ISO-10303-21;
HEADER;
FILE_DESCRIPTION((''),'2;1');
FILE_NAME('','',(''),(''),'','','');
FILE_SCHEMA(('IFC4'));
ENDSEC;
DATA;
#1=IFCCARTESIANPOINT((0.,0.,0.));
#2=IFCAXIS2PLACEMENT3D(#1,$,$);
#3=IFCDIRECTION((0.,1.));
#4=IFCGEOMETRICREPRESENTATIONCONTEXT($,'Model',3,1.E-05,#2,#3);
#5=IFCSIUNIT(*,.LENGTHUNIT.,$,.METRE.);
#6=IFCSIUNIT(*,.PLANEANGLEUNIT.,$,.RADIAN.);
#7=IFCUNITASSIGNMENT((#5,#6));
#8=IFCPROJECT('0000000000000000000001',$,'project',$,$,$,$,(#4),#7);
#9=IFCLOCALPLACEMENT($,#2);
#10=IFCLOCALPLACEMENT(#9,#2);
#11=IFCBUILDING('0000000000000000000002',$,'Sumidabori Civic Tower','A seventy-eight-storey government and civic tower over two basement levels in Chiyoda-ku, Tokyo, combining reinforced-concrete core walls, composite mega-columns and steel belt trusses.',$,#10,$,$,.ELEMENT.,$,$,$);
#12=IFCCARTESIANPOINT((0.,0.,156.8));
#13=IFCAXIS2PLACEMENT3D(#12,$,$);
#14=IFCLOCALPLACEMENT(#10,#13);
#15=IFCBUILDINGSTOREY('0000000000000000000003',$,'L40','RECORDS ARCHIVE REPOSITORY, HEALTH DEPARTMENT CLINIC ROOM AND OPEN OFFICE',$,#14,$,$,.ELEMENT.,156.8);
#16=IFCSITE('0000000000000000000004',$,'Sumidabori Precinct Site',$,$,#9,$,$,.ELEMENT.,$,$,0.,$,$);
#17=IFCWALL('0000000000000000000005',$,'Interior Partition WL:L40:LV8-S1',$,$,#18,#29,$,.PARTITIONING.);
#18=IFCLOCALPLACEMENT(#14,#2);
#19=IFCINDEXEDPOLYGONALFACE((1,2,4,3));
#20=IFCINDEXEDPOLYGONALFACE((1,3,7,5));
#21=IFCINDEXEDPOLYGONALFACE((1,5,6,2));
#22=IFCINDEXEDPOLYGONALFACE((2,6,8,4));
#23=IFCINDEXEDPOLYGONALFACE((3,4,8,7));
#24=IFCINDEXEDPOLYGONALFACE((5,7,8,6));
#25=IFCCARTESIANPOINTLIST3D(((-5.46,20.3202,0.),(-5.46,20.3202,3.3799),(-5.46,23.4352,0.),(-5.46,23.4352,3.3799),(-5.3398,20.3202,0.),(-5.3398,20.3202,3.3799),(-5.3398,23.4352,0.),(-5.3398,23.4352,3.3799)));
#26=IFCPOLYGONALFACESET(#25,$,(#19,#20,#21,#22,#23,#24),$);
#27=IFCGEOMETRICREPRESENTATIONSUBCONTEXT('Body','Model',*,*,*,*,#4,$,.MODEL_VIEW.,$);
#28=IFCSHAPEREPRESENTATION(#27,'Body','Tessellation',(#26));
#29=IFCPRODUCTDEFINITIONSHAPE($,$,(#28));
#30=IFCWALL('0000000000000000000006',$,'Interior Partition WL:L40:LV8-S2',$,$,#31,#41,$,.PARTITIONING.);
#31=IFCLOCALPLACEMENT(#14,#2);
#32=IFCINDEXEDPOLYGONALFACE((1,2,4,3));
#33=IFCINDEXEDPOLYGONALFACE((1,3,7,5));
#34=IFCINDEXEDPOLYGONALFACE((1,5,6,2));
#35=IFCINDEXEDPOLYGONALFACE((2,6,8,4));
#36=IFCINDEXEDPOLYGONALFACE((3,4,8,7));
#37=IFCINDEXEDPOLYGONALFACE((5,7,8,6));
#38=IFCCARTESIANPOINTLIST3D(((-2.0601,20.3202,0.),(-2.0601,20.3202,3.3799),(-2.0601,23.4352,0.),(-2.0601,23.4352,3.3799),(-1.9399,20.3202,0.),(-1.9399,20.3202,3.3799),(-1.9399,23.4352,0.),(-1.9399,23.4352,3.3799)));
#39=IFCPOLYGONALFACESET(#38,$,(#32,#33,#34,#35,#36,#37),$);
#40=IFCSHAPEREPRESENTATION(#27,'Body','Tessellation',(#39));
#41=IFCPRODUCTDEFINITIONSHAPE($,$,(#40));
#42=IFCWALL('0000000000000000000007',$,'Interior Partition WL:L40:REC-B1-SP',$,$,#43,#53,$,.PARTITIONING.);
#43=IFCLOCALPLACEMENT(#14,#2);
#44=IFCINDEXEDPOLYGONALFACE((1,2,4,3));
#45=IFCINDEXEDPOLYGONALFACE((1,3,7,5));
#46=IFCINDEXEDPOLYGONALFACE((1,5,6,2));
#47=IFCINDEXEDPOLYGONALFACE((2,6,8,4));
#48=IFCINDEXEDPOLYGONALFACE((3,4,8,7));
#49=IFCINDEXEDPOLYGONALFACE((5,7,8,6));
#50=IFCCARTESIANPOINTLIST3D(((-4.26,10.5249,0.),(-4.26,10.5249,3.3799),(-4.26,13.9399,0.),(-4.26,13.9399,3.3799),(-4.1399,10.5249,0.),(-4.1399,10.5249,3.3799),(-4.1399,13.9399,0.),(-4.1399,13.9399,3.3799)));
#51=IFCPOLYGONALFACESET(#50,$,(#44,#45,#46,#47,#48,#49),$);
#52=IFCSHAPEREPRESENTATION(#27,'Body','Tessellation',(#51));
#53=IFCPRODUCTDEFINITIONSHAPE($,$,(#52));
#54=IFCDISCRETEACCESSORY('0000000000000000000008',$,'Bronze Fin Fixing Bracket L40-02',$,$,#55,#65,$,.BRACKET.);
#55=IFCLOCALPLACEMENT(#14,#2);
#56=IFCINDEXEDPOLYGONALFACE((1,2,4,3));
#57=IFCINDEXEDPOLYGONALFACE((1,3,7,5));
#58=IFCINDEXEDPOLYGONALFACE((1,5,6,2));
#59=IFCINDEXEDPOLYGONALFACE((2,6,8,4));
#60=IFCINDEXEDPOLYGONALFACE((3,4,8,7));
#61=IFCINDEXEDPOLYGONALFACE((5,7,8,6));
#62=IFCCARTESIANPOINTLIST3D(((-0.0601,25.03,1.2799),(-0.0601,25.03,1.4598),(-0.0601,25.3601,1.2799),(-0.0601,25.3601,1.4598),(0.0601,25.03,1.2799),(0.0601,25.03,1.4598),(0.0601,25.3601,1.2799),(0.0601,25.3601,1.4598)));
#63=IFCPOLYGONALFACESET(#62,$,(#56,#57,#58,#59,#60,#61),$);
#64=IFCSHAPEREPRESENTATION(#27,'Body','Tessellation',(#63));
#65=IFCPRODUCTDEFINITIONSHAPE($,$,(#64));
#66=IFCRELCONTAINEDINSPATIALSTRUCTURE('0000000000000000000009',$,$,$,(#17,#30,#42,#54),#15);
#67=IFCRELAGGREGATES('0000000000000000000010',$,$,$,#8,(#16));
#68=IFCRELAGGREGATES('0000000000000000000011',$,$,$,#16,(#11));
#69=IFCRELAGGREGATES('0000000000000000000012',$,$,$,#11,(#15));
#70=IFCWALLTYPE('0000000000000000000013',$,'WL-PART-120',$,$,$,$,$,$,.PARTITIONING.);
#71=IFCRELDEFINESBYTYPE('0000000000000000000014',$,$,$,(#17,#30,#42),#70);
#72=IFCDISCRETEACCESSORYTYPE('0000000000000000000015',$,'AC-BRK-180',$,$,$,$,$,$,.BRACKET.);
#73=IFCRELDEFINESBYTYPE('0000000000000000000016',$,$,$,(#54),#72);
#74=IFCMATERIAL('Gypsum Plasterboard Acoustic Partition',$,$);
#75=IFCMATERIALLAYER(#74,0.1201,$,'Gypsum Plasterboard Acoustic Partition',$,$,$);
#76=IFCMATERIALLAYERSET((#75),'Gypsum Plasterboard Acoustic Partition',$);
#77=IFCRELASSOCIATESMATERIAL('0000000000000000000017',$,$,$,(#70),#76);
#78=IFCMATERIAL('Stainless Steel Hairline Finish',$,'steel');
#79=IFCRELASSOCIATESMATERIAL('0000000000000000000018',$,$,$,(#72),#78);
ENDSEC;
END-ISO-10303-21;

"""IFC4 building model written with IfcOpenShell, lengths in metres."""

from ifc_helpers import new_model, si_unit, direction, frame, frame_2d, origin, origin_2d, place, context, subcontext, project, spatial, rectangle, extrude, source, transform, mapped, material, layer, layer_set, material_profile, profile_set, type_object, element, save


model = new_model("IFC4")

# Units and contexts
model_context = context("Model", 3, precision=1e-05, world=origin(), true_north=direction((0.0, 1.0)))
body_context = subcontext(model_context, "Body", "Model", "MODEL_VIEW")
ifc_project = project(units=[si_unit("LENGTHUNIT", "METRE"), si_unit("PLANEANGLEUNIT", "RADIAN")], contexts=[model_context])

# Site, building, storey
site_placement = place(None, origin())
site = spatial("IfcSite", under=ifc_project, at=site_placement, Name="Sumidabori Precinct Site", CompositionType="ELEMENT", RefElevation=0.0)
building_placement = place(site_placement, origin())
building = spatial("IfcBuilding", under=site, at=building_placement, Name="Sumidabori Civic Tower", Description="A seventy-eight-storey government and civic tower over two basement levels in Chiyoda-ku, Tokyo, combining reinforced-concrete core walls, composite mega-columns and steel belt trusses.", CompositionType="ELEMENT")
storey_placement = place(building_placement, frame((0.0, 0.0, 156.8)))
storey = spatial("IfcBuildingStorey", under=building, at=storey_placement, Name="L40", Description="RECORDS ARCHIVE REPOSITORY, HEALTH DEPARTMENT CLINIC ROOM AND OPEN OFFICE", CompositionType="ELEMENT", Elevation=156.8)

# Shared definitions
ifc_material_1 = material(Name="Stainless Steel Hairline Finish", Category="steel")

# Shared definitions
ifc_material_2 = material(Name="Gypsum Plasterboard Acoustic Partition")

# Walls
ifc_layer_1 = layer(ifc_material_2, 0.1201, Name="Gypsum Plasterboard Acoustic Partition")
ifc_layer_set_1 = layer_set([ifc_layer_1], Name="Gypsum Plasterboard Acoustic Partition")
wall_type_1 = type_object("IfcWallType", Name="WL-PART-120", PredefinedType="PARTITIONING", material=ifc_layer_set_1)
shared_shape_1 = source(origin(), body_context, "Body", "SweptSolid", [
    extrude(rectangle(XDim=3.115, YDim=0.1201, at=frame_2d((1.5576, 0.0))), origin(), (0.0, 0.0, 1.0), 3.3799),
])
for number, where, z_axis, x_axis, name in (
    (1, (-5.3999, 20.3201, 0.0), (0.0, 0.0, 1.0), (0.0, 1.0, 0.0), "Interior Partition WL:L40:LV8-S1"),
    (2, (-2.0, 20.3201, 0.0), (0.0, 0.0, 1.0), (0.0, 1.0, 0.0), "Interior Partition WL:L40:LV8-S2"),
):
    element("IfcWall", number, at=place(storey_placement, frame(where, z_axis=z_axis, x_axis=x_axis)), inside=storey, type_object=wall_type_1, Name=name, PredefinedType="PARTITIONING", context=body_context, shape_type="MappedRepresentation", body=[
        mapped(shared_shape_1, transform((0.0, 0.0, 0.0), x_axis=(1.0, 0.0, 0.0), y_axis=(0.0, 1.0, 0.0), z_axis=(0.0, 0.0, 1.0), scale=1.0)),
    ])
shared_shape_2 = source(origin(), body_context, "Body", "SweptSolid", [
    extrude(rectangle(XDim=3.415, YDim=0.1201, at=frame_2d((1.7075, 0.0))), origin(), (0.0, 0.0, 1.0), 3.3799),
])
wall_1_placement = place(storey_placement, frame((-4.2, 10.5249, 0.0), z_axis=(0.0, 0.0, 1.0), x_axis=(0.0, 1.0, 0.0)))
element("IfcWall", 3, at=wall_1_placement, inside=storey, type_object=wall_type_1, Name="Interior Partition WL:L40:REC-B1-SP", PredefinedType="PARTITIONING", context=body_context, shape_type="MappedRepresentation", body=[
    mapped(shared_shape_2, transform((0.0, 0.0, 0.0), x_axis=(1.0, 0.0, 0.0), y_axis=(0.0, 1.0, 0.0), z_axis=(0.0, 0.0, 1.0), scale=1.0)),
])

# Discrete accessory
ifc_material_profile_1 = material_profile(ifc_material_1, rectangle(XDim=0.1201, YDim=0.1799, at=origin_2d()), Name="STEEL BRACKET 180x120")
ifc_profile_set_1 = profile_set([ifc_material_profile_1], Name="Stainless Steel Hairline Finish")
discrete_accessory_type = type_object("IfcDiscreteAccessoryType", Name="AC-BRK-180", PredefinedType="BRACKET", material=ifc_profile_set_1)
shared_shape_3 = source(origin(), body_context, "Body", "SweptSolid", [
    extrude(rectangle(XDim=0.1201, YDim=0.1799, at=origin_2d()), origin(), (0.0, 0.0, 1.0), 0.3301),
])
discrete_accessory_placement = place(storey_placement, frame((0.0, 25.03, 1.3699), z_axis=(0.0, 1.0, 0.0), x_axis=(-1.0, 0.0, 0.0)))
element("IfcDiscreteAccessory", 4, at=discrete_accessory_placement, inside=storey, type_object=discrete_accessory_type, Name="Bronze Fin Fixing Bracket L40-02", PredefinedType="BRACKET", context=body_context, shape_type="MappedRepresentation", body=[
    mapped(shared_shape_3, transform((0.0, 0.0, 0.0), x_axis=(1.0, 0.0, 0.0), y_axis=(0.0, 1.0, 0.0), z_axis=(0.0, 0.0, 1.0), scale=1.0)),
])

save(model, "model.ifc")
